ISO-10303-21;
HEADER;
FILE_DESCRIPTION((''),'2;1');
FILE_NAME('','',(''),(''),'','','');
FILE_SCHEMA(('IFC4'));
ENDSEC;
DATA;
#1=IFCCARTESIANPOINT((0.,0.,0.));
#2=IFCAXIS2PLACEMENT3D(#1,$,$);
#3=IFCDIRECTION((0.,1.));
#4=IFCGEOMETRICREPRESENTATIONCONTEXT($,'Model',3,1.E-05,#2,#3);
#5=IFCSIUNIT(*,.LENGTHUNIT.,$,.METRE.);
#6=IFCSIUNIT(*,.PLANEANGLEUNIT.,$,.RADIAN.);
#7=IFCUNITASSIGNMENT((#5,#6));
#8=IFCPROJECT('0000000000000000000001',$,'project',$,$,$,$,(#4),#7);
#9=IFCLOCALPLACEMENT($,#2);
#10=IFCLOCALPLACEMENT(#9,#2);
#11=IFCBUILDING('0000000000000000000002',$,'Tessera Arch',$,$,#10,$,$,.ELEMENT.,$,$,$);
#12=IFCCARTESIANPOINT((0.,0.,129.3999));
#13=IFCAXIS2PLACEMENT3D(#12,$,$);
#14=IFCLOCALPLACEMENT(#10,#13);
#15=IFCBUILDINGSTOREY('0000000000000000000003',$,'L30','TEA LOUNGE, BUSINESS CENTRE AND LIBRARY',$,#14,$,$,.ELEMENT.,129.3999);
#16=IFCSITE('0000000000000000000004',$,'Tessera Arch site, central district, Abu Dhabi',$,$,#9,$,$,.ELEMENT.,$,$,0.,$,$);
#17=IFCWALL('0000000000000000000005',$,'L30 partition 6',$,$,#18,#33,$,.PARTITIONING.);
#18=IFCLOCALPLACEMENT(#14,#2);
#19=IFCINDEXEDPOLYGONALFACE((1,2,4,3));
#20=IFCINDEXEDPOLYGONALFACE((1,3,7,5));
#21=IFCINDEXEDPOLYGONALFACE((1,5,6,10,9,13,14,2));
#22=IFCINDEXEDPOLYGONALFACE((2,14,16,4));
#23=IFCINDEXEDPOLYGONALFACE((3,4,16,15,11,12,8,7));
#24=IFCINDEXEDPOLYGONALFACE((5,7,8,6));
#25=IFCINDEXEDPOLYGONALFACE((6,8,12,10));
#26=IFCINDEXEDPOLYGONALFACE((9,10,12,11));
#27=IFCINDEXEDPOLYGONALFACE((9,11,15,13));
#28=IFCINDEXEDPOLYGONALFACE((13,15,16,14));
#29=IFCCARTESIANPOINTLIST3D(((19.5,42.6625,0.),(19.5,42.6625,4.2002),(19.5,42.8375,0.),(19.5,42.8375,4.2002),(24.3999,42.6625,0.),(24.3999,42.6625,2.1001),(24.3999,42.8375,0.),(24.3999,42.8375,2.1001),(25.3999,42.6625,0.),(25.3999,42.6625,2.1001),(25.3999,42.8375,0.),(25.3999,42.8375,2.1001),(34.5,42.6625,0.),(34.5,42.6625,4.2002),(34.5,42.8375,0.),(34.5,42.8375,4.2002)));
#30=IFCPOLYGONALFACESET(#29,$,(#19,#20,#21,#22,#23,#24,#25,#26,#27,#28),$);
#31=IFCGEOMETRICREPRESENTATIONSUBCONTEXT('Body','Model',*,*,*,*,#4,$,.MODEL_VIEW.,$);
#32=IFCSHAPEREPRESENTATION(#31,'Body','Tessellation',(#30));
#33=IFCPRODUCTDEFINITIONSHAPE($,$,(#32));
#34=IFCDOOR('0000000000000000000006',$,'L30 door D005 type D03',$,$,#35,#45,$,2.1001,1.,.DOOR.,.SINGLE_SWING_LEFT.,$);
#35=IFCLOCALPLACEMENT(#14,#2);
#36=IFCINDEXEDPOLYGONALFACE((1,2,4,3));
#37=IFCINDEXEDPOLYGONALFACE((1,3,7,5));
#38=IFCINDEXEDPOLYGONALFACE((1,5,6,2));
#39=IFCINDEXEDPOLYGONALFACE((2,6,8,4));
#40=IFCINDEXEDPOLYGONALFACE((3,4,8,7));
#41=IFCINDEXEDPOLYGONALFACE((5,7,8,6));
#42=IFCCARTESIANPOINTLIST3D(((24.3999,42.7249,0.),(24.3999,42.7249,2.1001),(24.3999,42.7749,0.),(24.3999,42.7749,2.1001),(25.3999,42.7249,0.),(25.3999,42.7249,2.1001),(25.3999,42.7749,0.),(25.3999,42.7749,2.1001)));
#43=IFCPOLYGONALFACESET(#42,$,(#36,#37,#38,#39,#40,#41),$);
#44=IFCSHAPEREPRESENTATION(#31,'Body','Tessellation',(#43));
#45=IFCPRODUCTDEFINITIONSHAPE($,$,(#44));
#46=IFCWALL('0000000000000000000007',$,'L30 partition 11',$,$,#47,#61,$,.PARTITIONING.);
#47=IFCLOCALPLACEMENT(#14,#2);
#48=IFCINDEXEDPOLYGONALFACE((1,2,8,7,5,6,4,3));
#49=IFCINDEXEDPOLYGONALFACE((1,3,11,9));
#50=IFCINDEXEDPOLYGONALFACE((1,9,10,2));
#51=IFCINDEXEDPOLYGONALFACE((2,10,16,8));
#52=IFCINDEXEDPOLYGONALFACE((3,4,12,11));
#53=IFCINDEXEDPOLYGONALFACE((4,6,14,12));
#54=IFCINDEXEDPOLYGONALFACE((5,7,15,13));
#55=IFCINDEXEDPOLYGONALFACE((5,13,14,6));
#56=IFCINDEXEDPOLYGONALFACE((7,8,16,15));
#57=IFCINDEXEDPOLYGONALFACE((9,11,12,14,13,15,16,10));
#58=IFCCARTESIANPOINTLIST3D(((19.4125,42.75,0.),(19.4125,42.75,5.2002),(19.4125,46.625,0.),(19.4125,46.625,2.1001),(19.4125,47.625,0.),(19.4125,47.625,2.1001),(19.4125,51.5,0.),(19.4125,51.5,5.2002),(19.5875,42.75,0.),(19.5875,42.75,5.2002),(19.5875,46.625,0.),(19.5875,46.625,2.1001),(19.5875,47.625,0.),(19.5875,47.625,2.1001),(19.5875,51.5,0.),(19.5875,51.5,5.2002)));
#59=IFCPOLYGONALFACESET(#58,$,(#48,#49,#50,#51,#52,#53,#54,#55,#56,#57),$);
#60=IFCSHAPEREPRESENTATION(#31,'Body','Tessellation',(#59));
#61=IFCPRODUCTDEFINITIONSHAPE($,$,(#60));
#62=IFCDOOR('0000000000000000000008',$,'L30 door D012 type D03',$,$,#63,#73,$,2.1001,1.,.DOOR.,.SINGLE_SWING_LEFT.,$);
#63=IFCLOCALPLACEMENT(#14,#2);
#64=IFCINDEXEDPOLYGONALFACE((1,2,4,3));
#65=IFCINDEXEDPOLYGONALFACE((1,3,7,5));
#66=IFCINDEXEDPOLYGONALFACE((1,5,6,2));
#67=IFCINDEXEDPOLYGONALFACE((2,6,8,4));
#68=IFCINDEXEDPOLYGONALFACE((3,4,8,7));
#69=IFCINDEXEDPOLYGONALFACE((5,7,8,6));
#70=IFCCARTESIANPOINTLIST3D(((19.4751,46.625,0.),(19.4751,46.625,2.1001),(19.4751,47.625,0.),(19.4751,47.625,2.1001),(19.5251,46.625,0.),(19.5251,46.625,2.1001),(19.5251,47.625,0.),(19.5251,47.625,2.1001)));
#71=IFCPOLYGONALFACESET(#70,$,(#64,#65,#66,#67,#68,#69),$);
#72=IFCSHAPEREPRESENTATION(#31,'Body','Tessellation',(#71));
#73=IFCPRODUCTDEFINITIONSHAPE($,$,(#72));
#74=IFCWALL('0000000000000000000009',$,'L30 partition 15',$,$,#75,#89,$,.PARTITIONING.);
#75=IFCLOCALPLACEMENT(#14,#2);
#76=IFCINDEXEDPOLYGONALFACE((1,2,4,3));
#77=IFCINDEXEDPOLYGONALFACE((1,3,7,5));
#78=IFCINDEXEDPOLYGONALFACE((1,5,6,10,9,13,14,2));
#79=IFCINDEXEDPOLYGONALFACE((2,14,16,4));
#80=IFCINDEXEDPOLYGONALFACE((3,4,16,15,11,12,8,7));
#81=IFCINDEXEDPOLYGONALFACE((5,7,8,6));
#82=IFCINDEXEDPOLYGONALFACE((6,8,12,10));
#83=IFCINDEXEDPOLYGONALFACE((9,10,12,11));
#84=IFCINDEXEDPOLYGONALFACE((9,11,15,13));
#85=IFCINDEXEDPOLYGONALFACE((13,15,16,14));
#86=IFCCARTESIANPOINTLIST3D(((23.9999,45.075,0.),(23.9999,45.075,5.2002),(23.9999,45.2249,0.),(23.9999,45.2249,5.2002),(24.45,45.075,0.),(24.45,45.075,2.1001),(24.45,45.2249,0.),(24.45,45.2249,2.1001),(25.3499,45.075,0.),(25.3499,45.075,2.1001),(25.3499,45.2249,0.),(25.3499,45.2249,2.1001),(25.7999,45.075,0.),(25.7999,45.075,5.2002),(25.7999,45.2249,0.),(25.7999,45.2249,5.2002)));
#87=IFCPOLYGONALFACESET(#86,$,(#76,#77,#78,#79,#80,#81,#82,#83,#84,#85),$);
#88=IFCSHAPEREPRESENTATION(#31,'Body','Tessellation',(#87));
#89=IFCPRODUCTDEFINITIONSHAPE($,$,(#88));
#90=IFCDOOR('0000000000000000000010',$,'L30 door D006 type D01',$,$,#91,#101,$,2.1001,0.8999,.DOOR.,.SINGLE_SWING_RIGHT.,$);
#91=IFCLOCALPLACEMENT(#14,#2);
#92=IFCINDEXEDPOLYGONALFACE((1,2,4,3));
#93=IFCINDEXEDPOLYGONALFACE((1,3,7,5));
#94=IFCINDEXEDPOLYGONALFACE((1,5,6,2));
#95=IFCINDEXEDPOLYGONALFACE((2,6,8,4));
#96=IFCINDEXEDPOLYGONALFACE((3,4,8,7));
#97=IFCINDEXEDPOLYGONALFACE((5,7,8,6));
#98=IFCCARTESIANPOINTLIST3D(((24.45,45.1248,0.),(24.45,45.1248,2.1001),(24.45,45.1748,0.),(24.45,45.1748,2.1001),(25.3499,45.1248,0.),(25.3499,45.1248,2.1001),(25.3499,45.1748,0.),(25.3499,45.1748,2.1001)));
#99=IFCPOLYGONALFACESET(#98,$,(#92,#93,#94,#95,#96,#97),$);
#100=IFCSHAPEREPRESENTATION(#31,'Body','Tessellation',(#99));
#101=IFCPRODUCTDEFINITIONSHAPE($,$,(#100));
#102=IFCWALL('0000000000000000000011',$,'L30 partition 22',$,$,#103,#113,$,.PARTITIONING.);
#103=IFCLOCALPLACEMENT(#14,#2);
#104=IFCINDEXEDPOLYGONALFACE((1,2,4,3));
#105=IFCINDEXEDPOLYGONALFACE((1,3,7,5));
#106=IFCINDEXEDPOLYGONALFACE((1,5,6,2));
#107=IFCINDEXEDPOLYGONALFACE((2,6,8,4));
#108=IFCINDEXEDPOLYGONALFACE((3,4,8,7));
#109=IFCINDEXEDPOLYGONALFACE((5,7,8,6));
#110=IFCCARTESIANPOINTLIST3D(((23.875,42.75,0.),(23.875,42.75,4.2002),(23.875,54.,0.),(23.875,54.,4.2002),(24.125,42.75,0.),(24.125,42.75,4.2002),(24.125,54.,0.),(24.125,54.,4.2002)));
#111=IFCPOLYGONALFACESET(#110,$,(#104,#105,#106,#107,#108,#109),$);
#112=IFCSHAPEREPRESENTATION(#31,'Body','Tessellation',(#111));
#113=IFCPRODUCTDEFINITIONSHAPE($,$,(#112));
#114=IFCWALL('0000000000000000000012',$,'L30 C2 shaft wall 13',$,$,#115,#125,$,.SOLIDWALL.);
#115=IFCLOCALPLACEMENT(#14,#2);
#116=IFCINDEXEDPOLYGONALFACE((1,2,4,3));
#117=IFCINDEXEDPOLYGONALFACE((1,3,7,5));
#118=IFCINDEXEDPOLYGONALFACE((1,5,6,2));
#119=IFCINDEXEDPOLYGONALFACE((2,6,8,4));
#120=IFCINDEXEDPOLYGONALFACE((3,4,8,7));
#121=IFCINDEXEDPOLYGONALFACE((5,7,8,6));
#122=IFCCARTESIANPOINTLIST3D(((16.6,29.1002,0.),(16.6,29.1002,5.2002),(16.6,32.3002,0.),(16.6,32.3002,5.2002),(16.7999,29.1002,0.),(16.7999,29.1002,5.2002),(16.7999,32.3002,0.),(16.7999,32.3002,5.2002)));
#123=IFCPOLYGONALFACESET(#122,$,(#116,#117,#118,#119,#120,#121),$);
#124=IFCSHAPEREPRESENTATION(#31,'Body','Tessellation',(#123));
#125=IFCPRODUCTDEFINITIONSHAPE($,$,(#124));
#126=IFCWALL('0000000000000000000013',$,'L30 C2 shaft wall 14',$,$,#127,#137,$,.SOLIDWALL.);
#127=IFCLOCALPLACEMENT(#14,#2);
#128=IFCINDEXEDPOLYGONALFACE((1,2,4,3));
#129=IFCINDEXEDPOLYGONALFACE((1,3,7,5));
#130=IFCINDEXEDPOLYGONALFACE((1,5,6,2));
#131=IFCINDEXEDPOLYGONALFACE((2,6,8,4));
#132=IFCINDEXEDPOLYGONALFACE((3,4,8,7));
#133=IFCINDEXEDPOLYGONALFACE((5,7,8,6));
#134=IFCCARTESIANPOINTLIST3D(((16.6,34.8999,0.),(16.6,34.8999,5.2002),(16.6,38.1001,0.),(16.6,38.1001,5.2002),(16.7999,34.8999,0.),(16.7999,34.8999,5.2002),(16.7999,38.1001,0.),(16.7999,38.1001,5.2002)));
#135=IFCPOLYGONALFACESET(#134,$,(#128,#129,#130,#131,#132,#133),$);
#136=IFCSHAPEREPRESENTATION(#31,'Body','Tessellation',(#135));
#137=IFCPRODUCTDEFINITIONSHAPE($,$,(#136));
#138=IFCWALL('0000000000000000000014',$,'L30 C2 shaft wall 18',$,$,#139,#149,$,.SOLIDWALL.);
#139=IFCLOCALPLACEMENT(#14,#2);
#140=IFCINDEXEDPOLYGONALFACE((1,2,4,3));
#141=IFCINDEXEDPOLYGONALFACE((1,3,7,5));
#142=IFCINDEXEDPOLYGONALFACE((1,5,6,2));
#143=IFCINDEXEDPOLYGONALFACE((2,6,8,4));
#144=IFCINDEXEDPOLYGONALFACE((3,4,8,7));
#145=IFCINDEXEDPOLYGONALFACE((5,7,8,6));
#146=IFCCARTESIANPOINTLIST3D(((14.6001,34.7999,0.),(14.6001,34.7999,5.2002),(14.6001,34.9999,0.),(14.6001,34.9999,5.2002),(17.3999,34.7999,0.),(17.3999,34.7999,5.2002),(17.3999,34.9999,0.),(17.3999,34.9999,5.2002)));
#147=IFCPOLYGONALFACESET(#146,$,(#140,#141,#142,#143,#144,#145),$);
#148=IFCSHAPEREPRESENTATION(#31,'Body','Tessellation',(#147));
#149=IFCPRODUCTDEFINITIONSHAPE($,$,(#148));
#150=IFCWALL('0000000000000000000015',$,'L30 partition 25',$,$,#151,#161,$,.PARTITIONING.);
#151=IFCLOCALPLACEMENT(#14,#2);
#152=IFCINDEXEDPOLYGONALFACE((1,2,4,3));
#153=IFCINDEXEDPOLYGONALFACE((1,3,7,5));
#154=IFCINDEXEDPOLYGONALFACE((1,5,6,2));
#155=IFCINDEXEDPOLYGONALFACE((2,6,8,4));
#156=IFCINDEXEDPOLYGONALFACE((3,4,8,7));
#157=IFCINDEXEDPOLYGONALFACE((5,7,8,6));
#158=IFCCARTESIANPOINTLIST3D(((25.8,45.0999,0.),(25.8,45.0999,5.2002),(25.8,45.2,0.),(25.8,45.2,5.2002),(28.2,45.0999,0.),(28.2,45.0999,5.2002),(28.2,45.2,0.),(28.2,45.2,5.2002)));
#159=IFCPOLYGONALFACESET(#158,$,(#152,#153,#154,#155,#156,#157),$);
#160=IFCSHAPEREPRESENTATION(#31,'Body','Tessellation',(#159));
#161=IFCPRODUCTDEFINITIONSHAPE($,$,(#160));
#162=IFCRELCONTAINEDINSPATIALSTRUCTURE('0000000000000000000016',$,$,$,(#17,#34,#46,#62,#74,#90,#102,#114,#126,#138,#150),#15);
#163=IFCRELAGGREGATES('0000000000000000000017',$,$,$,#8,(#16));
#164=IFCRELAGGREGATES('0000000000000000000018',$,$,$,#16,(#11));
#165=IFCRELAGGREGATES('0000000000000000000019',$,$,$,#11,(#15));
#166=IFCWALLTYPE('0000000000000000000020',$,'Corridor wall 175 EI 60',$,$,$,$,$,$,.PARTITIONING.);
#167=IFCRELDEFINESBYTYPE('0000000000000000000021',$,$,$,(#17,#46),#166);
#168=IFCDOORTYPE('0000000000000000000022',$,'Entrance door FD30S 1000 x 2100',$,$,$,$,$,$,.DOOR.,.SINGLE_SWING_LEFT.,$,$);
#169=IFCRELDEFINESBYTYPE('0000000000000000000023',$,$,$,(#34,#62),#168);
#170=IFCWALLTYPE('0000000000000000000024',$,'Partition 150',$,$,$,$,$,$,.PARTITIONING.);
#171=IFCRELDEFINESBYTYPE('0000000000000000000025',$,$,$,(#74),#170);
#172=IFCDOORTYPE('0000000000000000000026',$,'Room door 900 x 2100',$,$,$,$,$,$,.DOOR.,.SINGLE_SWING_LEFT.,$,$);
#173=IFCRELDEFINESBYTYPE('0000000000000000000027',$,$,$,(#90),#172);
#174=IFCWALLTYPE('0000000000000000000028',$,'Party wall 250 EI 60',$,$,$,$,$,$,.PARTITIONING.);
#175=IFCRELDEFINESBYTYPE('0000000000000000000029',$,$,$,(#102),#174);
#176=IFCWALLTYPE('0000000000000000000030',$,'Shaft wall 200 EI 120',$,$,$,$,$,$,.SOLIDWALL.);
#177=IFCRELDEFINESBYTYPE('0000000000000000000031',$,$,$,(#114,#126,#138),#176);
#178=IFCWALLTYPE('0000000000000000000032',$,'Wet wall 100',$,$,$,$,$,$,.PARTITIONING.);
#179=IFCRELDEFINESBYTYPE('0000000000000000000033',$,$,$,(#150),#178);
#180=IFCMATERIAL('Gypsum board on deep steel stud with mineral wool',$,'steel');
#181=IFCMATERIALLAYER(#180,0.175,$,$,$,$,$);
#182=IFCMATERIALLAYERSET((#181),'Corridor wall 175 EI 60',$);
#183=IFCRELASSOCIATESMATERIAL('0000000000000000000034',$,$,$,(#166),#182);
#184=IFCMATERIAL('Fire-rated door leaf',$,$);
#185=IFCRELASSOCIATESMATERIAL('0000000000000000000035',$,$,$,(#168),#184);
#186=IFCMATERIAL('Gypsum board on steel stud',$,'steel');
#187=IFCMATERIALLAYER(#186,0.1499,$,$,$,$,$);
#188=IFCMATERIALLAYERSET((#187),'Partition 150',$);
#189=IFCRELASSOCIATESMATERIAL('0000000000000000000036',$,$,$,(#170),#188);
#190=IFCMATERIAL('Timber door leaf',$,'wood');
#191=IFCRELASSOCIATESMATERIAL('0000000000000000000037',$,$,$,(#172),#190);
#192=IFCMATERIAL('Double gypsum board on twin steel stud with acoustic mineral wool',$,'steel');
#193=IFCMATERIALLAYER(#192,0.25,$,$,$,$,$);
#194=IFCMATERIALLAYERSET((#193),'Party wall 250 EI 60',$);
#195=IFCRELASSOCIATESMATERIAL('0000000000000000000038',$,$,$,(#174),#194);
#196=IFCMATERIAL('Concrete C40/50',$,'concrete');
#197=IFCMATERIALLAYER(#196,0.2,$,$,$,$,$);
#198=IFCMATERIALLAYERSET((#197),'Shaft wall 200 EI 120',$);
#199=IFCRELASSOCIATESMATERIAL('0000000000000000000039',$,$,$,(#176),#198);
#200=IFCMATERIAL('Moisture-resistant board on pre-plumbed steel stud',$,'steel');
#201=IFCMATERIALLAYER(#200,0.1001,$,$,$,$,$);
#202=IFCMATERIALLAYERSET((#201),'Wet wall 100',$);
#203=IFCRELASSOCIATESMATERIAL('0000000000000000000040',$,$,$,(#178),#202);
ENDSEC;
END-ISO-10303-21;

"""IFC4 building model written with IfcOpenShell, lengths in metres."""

from ifc_helpers import new_model, si_unit, direction, frame, frame_2d, origin, place, context, subcontext, project, spatial, rectangle, extrude, material, layer, layer_set, type_object, element, fill, save


model = new_model("IFC4")

# Units and contexts
model_context = context("Model", 3, precision=1e-05, world=origin(), true_north=direction((0.0, 1.0)))
body_context = subcontext(model_context, "Body", "Model", "MODEL_VIEW")
ifc_project = project(units=[si_unit("LENGTHUNIT", "METRE"), si_unit("PLANEANGLEUNIT", "RADIAN")], contexts=[model_context])

# Site, building, storey
site_placement = place(None, origin())
site = spatial("IfcSite", under=ifc_project, at=site_placement, Name="Tessera Arch site, central district, Abu Dhabi", CompositionType="ELEMENT", RefElevation=0.0)
building_placement = place(site_placement, origin())
building = spatial("IfcBuilding", under=site, at=building_placement, Name="Tessera Arch", CompositionType="ELEMENT")
storey_placement = place(building_placement, frame((0.0, 0.0, 129.3999)))
storey = spatial("IfcBuildingStorey", under=building, at=storey_placement, Name="L30", Description="TEA LOUNGE, BUSINESS CENTRE AND LIBRARY", CompositionType="ELEMENT", Elevation=129.3999)

# Shared definitions
ifc_material_1 = material(Name="Gypsum board on deep steel stud with mineral wool", Category="steel")
ifc_layer_1 = layer(ifc_material_1, 0.175)
ifc_layer_set_1 = layer_set([ifc_layer_1], Name="Corridor wall 175 EI 60")
wall_type_1 = type_object("IfcWallType", Name="Corridor wall 175 EI 60", PredefinedType="PARTITIONING", material=ifc_layer_set_1)

# Walls, openings, doors
wall_1_placement = place(storey_placement, frame((19.5, 42.75, 0.0), z_axis=(0.0, 0.0, 1.0), x_axis=(1.0, 0.0, 0.0)))
wall_1 = element("IfcWall", 1, at=wall_1_placement, inside=storey, type_object=wall_type_1, Name="L30 partition 6", PredefinedType="PARTITIONING", context=body_context, shape_type="SweptSolid", body=[
    extrude(rectangle(XDim=15.0, YDim=0.175, at=frame_2d((7.5, 0.0))), origin(), (0.0, 0.0, 1.0), 4.2002),
])
opening_1_placement = place(wall_1_placement, frame((4.8999, 0.0, 0.0)))
opening_1 = element("IfcOpeningElement", 2, at=opening_1_placement, cuts=wall_1, PredefinedType="OPENING", context=body_context, shape_type="SweptSolid", body=[
    extrude(rectangle(XDim=1.0, YDim=2.1001, at=frame_2d((0.5, 1.05))), frame((0.0, 0.0974, 0.0), z_axis=(0.0, -1.0, 0.0), x_axis=(1.0, 0.0, 0.0)), (0.0, 0.0, 1.0), 0.1951),
])
ifc_material_2 = material(Name="Fire-rated door leaf")
door_type_1 = type_object("IfcDoorType", Name="Entrance door FD30S 1000 x 2100", OperationType="SINGLE_SWING_LEFT", PredefinedType="DOOR", material=ifc_material_2)
door_1_placement = place(opening_1_placement, origin())
door_1 = element("IfcDoor", 3, at=door_1_placement, inside=storey, type_object=door_type_1, Name="L30 door D005 type D03", OperationType="SINGLE_SWING_LEFT", OverallHeight=2.1001, OverallWidth=1.0, PredefinedType="DOOR", context=body_context, shape_type="SweptSolid", body=[
    extrude(rectangle(XDim=1.0, YDim=2.1001, at=frame_2d((0.5, 1.05))), frame((0.0, 0.0249, 0.0), z_axis=(0.0, -1.0, 0.0), x_axis=(1.0, 0.0, 0.0)), (0.0, 0.0, 1.0), 0.05),
])
fill(opening_1, door_1)
wall_2_placement = place(storey_placement, frame((19.5, 42.75, 0.0), z_axis=(0.0, 0.0, 1.0), x_axis=(0.0, 1.0, 0.0)))
wall_2 = element("IfcWall", 4, at=wall_2_placement, inside=storey, type_object=wall_type_1, Name="L30 partition 11", PredefinedType="PARTITIONING", context=body_context, shape_type="SweptSolid", body=[
    extrude(rectangle(XDim=8.75, YDim=0.175, at=frame_2d((4.375, 0.0))), origin(), (0.0, 0.0, 1.0), 5.2002),
])
opening_2_placement = place(wall_2_placement, frame((3.875, 0.0, 0.0)))
opening_2 = element("IfcOpeningElement", 5, at=opening_2_placement, cuts=wall_2, PredefinedType="OPENING", context=body_context, shape_type="SweptSolid", body=[
    extrude(rectangle(XDim=1.0, YDim=2.1001, at=frame_2d((0.5, 1.05))), frame((0.0, 0.0974, 0.0), z_axis=(0.0, -1.0, 0.0), x_axis=(1.0, 0.0, 0.0)), (0.0, 0.0, 1.0), 0.1951),
])
door_2_placement = place(opening_2_placement, origin())
door_2 = element("IfcDoor", 6, at=door_2_placement, inside=storey, type_object=door_type_1, Name="L30 door D012 type D03", OperationType="SINGLE_SWING_LEFT", OverallHeight=2.1001, OverallWidth=1.0, PredefinedType="DOOR", context=body_context, shape_type="SweptSolid", body=[
    extrude(rectangle(XDim=1.0, YDim=2.1001, at=frame_2d((0.5, 1.05))), frame((0.0, 0.0249, 0.0), z_axis=(0.0, -1.0, 0.0), x_axis=(1.0, 0.0, 0.0)), (0.0, 0.0, 1.0), 0.05),
])
fill(opening_2, door_2)
ifc_material_3 = material(Name="Gypsum board on steel stud", Category="steel")
ifc_layer_2 = layer(ifc_material_3, 0.1499)
ifc_layer_set_2 = layer_set([ifc_layer_2], Name="Partition 150")
wall_type_2 = type_object("IfcWallType", Name="Partition 150", PredefinedType="PARTITIONING", material=ifc_layer_set_2)
wall_3_placement = place(storey_placement, frame((24.0, 45.1499, 0.0), z_axis=(0.0, 0.0, 1.0), x_axis=(1.0, 0.0, 0.0)))
wall_3 = element("IfcWall", 7, at=wall_3_placement, inside=storey, type_object=wall_type_2, Name="L30 partition 15", PredefinedType="PARTITIONING", context=body_context, shape_type="SweptSolid", body=[
    extrude(rectangle(XDim=1.8, YDim=0.1499, at=frame_2d((0.8999, 0.0))), origin(), (0.0, 0.0, 1.0), 5.2002),
])
opening_3_placement = place(wall_3_placement, frame((0.45, 0.0, 0.0)))
opening_3 = element("IfcOpeningElement", 8, at=opening_3_placement, cuts=wall_3, PredefinedType="OPENING", context=body_context, shape_type="SweptSolid", body=[
    extrude(rectangle(XDim=0.8999, YDim=2.1001, at=frame_2d((0.45, 1.05))), frame((0.0, 0.085, 0.0), z_axis=(0.0, -1.0, 0.0), x_axis=(1.0, 0.0, 0.0)), (0.0, 0.0, 1.0), 0.1699),
])
ifc_material_4 = material(Name="Timber door leaf", Category="wood")
door_type_2 = type_object("IfcDoorType", Name="Room door 900 x 2100", OperationType="SINGLE_SWING_LEFT", PredefinedType="DOOR", material=ifc_material_4)
door_3_placement = place(opening_3_placement, origin())
door_3 = element("IfcDoor", 9, at=door_3_placement, inside=storey, type_object=door_type_2, Name="L30 door D006 type D01", OperationType="SINGLE_SWING_RIGHT", OverallHeight=2.1001, OverallWidth=0.8999, PredefinedType="DOOR", context=body_context, shape_type="SweptSolid", body=[
    extrude(rectangle(XDim=0.8999, YDim=2.1001, at=frame_2d((0.45, 1.05))), frame((0.0, 0.0249, 0.0), z_axis=(0.0, -1.0, 0.0), x_axis=(1.0, 0.0, 0.0)), (0.0, 0.0, 1.0), 0.05),
])
fill(opening_3, door_3)

# Walls
ifc_material_5 = material(Name="Double gypsum board on twin steel stud with acoustic mineral wool", Category="steel")
ifc_layer_3 = layer(ifc_material_5, 0.25)
ifc_layer_set_3 = layer_set([ifc_layer_3], Name="Party wall 250 EI 60")
wall_type_3 = type_object("IfcWallType", Name="Party wall 250 EI 60", PredefinedType="PARTITIONING", material=ifc_layer_set_3)
wall_4_placement = place(storey_placement, frame((24.0, 42.75, 0.0), z_axis=(0.0, 0.0, 1.0), x_axis=(0.0, 1.0, 0.0)))
element("IfcWall", 10, at=wall_4_placement, inside=storey, type_object=wall_type_3, Name="L30 partition 22", PredefinedType="PARTITIONING", context=body_context, shape_type="SweptSolid", body=[
    extrude(rectangle(XDim=11.25, YDim=0.25, at=frame_2d((5.625, 0.0))), origin(), (0.0, 0.0, 1.0), 4.2002),
])
ifc_material_6 = material(Name="Concrete C40/50", Category="concrete")
ifc_layer_4 = layer(ifc_material_6, 0.2)
ifc_layer_set_4 = layer_set([ifc_layer_4], Name="Shaft wall 200 EI 120")
wall_type_4 = type_object("IfcWallType", Name="Shaft wall 200 EI 120", PredefinedType="SOLIDWALL", material=ifc_layer_set_4)
wall_5_placement = place(storey_placement, frame((16.7, 29.1001, 0.0), z_axis=(0.0, 0.0, 1.0), x_axis=(0.0, 1.0, 0.0)))
element("IfcWall", 11, at=wall_5_placement, inside=storey, type_object=wall_type_4, Name="L30 C2 shaft wall 13", PredefinedType="SOLIDWALL", context=body_context, shape_type="SweptSolid", body=[
    extrude(rectangle(XDim=3.2, YDim=0.2, at=frame_2d((1.6001, 0.0))), origin(), (0.0, 0.0, 1.0), 5.2002),
])
wall_6_placement = place(storey_placement, frame((16.7, 34.8999, 0.0), z_axis=(0.0, 0.0, 1.0), x_axis=(0.0, 1.0, 0.0)))
element("IfcWall", 12, at=wall_6_placement, inside=storey, type_object=wall_type_4, Name="L30 C2 shaft wall 14", PredefinedType="SOLIDWALL", context=body_context, shape_type="SweptSolid", body=[
    extrude(rectangle(XDim=3.2002, YDim=0.2, at=frame_2d((1.6001, 0.0))), origin(), (0.0, 0.0, 1.0), 5.2002),
])
wall_7_placement = place(storey_placement, frame((14.6001, 34.8999, 0.0), z_axis=(0.0, 0.0, 1.0), x_axis=(1.0, 0.0, 0.0)))
element("IfcWall", 13, at=wall_7_placement, inside=storey, type_object=wall_type_4, Name="L30 C2 shaft wall 18", PredefinedType="SOLIDWALL", context=body_context, shape_type="SweptSolid", body=[
    extrude(rectangle(XDim=2.7998, YDim=0.2, at=frame_2d((1.3999, 0.0))), origin(), (0.0, 0.0, 1.0), 5.2002),
])
ifc_material_7 = material(Name="Moisture-resistant board on pre-plumbed steel stud", Category="steel")
ifc_layer_5 = layer(ifc_material_7, 0.1001)
ifc_layer_set_5 = layer_set([ifc_layer_5], Name="Wet wall 100")
wall_type_5 = type_object("IfcWallType", Name="Wet wall 100", PredefinedType="PARTITIONING", material=ifc_layer_set_5)
wall_8_placement = place(storey_placement, frame((25.8, 45.1499, 0.0), z_axis=(0.0, 0.0, 1.0), x_axis=(1.0, 0.0, 0.0)))
element("IfcWall", 14, at=wall_8_placement, inside=storey, type_object=wall_type_5, Name="L30 partition 25", PredefinedType="PARTITIONING", context=body_context, shape_type="SweptSolid", body=[
    extrude(rectangle(XDim=2.3999, YDim=0.1001, at=frame_2d((1.2, 0.0))), origin(), (0.0, 0.0, 1.0), 5.2002),
])

save(model, "model.ifc")
